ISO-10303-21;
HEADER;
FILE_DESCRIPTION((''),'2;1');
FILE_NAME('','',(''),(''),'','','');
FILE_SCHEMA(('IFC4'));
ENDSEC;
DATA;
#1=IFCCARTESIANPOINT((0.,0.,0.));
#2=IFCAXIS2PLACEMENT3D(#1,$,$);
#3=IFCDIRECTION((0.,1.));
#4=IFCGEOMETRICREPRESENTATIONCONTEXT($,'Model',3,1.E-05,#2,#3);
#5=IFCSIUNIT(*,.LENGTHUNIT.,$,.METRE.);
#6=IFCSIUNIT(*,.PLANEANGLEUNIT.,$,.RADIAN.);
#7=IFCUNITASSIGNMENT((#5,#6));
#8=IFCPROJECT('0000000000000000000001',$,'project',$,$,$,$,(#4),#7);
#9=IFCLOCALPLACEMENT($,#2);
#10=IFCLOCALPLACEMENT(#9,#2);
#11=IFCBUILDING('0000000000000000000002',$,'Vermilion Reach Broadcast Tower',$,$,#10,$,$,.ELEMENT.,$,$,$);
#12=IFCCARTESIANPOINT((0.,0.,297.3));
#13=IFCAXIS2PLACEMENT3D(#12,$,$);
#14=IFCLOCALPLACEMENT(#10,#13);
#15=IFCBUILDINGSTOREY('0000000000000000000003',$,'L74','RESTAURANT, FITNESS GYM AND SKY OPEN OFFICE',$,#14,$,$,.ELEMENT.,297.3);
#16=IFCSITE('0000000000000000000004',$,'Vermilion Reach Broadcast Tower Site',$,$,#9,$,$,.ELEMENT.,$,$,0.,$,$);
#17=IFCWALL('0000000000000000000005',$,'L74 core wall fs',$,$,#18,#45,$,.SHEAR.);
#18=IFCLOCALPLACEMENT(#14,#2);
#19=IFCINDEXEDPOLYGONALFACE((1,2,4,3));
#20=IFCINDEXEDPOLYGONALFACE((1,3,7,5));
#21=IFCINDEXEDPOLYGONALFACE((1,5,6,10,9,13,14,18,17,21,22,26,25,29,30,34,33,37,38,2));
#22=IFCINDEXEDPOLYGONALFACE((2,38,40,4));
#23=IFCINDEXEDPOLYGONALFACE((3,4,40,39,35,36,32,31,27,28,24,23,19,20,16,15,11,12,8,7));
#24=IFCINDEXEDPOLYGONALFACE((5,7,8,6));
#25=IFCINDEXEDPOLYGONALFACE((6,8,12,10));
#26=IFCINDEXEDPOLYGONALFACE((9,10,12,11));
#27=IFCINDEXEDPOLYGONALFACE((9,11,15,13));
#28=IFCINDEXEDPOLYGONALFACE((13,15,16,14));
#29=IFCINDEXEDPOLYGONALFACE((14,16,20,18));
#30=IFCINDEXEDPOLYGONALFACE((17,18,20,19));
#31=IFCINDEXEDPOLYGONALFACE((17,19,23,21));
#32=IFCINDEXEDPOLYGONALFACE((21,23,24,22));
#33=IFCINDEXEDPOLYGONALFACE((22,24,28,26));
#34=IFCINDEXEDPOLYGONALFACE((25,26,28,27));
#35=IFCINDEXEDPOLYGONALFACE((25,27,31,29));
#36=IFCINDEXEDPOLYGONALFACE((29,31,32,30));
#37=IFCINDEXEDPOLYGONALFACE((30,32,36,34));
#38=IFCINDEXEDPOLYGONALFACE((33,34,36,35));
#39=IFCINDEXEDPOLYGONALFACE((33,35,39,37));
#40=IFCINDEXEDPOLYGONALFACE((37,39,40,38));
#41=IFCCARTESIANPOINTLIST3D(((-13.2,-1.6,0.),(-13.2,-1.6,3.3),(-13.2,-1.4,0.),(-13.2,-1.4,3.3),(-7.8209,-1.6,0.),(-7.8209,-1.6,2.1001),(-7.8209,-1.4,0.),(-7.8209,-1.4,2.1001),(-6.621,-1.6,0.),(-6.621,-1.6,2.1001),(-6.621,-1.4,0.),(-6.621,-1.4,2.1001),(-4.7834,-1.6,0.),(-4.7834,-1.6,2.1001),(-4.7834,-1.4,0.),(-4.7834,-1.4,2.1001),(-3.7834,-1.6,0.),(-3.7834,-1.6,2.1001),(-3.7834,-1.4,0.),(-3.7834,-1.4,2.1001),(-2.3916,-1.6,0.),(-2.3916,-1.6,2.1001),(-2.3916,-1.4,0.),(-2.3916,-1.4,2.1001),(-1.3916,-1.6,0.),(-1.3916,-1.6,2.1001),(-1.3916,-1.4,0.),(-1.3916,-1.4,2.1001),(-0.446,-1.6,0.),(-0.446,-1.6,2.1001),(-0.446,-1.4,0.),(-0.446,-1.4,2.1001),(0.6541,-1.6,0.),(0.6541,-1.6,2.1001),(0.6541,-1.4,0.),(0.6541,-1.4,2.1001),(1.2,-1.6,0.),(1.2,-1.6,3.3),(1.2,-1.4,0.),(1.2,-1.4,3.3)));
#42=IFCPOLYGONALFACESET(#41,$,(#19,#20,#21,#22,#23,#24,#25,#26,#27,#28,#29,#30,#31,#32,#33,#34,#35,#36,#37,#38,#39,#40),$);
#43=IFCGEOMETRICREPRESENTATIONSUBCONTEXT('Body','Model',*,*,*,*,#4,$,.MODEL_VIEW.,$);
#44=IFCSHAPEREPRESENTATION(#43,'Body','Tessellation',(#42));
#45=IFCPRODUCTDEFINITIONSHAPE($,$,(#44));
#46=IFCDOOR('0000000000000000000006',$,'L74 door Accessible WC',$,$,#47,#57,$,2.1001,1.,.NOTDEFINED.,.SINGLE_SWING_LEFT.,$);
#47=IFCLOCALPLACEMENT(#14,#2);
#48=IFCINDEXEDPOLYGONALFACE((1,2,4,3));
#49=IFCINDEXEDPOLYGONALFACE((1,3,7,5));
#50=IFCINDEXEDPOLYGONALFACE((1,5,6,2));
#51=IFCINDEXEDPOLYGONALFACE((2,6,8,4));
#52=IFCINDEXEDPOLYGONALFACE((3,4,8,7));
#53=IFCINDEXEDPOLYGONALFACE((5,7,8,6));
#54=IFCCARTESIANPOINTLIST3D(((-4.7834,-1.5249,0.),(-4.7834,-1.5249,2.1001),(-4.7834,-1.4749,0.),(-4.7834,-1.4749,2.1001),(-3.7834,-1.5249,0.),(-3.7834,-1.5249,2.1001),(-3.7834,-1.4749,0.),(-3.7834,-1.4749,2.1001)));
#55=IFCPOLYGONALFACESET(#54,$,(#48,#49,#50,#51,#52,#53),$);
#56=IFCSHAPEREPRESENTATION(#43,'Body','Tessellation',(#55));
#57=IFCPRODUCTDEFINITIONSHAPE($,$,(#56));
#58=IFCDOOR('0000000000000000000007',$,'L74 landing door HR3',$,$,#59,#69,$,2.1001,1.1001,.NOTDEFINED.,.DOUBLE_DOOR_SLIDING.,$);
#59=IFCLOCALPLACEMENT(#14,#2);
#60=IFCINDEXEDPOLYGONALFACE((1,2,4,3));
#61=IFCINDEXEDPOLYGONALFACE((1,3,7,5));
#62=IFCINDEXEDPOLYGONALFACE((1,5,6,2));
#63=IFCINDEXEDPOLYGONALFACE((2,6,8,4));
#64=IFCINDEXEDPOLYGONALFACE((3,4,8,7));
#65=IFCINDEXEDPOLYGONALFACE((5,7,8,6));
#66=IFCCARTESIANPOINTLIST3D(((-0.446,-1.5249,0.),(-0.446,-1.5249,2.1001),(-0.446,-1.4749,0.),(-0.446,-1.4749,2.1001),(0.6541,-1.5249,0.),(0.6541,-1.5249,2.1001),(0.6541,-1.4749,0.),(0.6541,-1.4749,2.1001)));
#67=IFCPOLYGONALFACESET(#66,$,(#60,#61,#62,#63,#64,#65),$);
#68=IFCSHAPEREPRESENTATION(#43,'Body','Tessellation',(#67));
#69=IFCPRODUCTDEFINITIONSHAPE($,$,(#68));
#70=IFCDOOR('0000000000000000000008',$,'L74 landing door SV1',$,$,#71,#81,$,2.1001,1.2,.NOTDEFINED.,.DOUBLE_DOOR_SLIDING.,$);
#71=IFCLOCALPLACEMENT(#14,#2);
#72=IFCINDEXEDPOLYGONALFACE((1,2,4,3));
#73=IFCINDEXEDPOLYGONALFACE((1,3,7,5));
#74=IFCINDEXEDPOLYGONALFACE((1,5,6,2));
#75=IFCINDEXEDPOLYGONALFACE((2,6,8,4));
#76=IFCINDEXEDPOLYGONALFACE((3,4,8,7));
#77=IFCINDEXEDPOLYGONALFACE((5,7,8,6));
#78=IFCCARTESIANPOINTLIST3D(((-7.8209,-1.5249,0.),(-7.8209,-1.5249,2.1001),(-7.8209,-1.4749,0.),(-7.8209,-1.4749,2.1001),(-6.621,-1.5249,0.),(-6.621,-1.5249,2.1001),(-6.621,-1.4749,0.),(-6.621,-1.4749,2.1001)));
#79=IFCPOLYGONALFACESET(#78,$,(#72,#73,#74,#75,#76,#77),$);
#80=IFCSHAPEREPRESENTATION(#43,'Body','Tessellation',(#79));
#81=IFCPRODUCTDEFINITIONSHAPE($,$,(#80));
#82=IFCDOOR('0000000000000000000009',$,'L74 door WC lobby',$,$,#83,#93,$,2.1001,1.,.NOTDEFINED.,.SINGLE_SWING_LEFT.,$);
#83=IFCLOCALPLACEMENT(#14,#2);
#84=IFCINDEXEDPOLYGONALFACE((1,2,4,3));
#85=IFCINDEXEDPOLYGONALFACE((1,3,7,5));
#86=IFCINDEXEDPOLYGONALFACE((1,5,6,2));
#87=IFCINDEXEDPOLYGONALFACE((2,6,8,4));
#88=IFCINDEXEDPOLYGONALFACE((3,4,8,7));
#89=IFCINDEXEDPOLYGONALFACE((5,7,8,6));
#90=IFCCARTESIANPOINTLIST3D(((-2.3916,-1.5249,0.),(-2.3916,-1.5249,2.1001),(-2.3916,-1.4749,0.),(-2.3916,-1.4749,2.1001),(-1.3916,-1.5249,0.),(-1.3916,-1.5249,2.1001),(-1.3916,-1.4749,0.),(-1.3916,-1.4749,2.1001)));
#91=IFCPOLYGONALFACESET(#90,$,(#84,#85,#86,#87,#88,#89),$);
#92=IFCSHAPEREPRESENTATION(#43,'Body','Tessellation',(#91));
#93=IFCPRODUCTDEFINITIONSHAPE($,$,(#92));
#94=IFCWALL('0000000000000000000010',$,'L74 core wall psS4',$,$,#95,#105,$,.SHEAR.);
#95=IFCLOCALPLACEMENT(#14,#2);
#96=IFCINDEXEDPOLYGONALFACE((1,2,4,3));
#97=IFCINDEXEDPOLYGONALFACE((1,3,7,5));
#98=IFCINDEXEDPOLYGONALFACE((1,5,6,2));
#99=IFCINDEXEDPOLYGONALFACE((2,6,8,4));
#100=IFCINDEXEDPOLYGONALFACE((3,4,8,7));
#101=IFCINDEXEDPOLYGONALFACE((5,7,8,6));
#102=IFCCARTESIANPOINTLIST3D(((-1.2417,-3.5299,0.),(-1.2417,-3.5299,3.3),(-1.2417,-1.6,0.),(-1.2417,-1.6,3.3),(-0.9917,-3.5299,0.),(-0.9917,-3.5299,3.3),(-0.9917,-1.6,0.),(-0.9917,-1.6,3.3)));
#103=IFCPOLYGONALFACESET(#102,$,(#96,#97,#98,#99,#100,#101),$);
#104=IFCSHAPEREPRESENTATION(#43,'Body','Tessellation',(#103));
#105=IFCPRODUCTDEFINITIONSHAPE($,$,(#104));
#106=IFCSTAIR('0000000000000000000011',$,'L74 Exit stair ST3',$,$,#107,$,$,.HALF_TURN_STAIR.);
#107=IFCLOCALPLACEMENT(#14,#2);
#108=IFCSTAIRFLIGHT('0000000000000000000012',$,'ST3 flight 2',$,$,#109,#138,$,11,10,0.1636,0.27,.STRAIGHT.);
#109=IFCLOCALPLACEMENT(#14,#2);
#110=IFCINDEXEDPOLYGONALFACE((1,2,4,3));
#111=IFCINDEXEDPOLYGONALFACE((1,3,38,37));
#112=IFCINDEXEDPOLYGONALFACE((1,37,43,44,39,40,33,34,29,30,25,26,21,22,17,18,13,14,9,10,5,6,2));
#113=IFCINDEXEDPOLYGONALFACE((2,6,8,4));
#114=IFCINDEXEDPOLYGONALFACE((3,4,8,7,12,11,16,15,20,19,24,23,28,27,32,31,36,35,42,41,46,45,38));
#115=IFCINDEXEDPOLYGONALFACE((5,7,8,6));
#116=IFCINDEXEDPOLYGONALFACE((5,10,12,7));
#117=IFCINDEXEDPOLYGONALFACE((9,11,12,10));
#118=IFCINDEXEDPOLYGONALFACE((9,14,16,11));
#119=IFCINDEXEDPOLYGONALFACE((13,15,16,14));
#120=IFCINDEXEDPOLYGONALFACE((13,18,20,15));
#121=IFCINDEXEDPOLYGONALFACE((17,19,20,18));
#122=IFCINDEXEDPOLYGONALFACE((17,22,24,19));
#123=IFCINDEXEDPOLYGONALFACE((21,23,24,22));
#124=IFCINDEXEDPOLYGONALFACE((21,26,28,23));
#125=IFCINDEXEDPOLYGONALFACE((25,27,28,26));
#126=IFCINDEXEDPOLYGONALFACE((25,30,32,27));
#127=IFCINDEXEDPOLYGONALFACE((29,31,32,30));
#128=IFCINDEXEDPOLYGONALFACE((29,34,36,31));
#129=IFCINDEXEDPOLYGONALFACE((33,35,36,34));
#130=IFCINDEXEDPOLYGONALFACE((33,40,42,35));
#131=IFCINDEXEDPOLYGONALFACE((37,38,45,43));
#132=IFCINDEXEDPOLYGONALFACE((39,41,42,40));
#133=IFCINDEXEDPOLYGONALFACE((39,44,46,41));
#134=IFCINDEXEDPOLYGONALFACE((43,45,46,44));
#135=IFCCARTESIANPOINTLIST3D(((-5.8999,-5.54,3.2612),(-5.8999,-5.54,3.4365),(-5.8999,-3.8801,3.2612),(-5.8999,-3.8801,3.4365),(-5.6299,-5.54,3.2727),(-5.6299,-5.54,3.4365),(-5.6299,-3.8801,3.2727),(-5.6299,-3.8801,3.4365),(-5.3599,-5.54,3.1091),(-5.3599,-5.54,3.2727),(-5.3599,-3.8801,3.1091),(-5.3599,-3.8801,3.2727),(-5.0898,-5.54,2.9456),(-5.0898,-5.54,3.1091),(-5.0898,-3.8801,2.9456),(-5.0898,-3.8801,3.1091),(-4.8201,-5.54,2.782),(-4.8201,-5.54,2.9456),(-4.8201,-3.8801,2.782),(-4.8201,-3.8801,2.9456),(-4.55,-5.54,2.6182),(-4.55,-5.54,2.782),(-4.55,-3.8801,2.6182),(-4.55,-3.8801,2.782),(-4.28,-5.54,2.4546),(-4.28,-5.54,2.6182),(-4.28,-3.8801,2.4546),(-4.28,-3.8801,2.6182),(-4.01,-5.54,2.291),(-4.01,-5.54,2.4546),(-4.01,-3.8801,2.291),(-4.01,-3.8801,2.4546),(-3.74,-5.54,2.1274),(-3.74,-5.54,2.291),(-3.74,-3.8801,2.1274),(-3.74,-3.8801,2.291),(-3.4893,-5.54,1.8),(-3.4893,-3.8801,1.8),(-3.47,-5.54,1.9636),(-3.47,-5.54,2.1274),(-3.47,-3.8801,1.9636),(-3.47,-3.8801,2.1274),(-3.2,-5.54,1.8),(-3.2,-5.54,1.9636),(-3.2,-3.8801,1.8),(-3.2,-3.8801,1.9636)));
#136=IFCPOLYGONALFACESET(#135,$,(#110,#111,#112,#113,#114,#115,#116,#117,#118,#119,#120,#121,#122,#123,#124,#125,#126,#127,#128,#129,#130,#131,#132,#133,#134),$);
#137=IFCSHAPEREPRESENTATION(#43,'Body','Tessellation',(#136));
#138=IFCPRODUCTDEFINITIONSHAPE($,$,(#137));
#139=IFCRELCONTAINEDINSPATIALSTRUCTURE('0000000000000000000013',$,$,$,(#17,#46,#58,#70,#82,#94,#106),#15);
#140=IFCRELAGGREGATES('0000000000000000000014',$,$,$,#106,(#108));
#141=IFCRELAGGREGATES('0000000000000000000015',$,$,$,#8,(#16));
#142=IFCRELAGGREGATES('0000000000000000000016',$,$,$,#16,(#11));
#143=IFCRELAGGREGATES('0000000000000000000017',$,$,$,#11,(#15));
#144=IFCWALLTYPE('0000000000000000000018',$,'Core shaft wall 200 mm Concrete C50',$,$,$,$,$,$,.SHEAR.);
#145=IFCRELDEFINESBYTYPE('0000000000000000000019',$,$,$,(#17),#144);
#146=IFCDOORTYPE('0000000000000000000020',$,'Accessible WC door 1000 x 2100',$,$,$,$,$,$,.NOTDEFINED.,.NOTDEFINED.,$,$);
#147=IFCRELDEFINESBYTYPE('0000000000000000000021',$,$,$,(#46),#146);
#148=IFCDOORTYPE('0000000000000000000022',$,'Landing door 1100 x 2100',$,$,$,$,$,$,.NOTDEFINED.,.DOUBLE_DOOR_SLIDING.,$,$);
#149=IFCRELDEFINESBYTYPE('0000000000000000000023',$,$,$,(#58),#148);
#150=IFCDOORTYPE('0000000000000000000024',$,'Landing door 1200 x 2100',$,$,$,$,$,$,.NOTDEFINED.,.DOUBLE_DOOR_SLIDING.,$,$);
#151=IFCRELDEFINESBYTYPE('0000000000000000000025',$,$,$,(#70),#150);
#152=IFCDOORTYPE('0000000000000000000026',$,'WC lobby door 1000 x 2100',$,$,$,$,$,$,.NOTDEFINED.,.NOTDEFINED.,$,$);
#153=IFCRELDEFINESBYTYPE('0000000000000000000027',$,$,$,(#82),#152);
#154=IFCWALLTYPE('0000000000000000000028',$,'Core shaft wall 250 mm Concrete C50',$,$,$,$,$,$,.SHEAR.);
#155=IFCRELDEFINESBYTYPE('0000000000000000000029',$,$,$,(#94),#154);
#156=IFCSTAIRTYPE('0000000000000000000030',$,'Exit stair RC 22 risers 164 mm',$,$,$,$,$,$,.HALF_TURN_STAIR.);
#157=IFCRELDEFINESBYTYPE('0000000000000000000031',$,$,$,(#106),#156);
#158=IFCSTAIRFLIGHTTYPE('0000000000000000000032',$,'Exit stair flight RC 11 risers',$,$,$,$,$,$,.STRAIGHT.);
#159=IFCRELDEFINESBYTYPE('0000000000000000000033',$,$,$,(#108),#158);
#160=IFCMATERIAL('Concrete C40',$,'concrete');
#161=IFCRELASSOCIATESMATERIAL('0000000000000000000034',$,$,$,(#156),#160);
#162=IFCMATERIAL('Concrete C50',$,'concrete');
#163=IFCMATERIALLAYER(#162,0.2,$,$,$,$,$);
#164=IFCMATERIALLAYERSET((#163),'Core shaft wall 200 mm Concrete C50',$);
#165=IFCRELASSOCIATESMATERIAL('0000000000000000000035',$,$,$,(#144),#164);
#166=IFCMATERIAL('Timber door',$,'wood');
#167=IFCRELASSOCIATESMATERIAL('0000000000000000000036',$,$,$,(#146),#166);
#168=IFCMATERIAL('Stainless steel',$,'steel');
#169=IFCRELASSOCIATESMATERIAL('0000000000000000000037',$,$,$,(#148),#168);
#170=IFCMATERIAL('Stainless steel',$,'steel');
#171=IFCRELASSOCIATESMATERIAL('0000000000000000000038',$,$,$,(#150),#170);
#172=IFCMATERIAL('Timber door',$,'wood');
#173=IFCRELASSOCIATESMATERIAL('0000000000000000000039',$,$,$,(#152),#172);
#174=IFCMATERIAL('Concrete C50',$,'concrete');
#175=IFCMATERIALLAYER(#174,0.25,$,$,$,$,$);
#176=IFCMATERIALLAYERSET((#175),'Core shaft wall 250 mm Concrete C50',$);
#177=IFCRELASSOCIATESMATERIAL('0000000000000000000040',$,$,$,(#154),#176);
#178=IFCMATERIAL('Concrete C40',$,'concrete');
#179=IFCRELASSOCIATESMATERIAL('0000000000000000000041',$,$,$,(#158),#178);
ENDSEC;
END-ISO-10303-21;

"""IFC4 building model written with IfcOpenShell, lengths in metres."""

from ifc_helpers import new_model, si_unit, direction, frame, frame_2d, origin, place, context, subcontext, project, spatial, polyline, rectangle, outline, extrude, material, layer, layer_set, type_object, element, fill, aggregate, save


model = new_model("IFC4")

# Units and contexts
model_context = context("Model", 3, precision=1e-05, world=origin(), true_north=direction((0.0, 1.0)))
body_context = subcontext(model_context, "Body", "Model", "MODEL_VIEW")
ifc_project = project(units=[si_unit("LENGTHUNIT", "METRE"), si_unit("PLANEANGLEUNIT", "RADIAN")], contexts=[model_context])

# Site, building, storey
site_placement = place(None, origin())
site = spatial("IfcSite", under=ifc_project, at=site_placement, Name="Vermilion Reach Broadcast Tower Site", CompositionType="ELEMENT", RefElevation=0.0)
building_placement = place(site_placement, origin())
building = spatial("IfcBuilding", under=site, at=building_placement, Name="Vermilion Reach Broadcast Tower", CompositionType="ELEMENT")
storey_placement = place(building_placement, frame((0.0, 0.0, 297.3)))
storey = spatial("IfcBuildingStorey", under=building, at=storey_placement, Name="L74", Description="RESTAURANT, FITNESS GYM AND SKY OPEN OFFICE", CompositionType="ELEMENT", Elevation=297.3)

# Shared definitions
ifc_material_1 = material(Name="Concrete C40", Category="concrete")
stair_type = type_object("IfcStairType", Name="Exit stair RC 22 risers 164 mm", PredefinedType="HALF_TURN_STAIR", material=ifc_material_1)
placement_1 = place(storey_placement, origin())

# Wall, openings, doors
ifc_material_2 = material(Name="Concrete C50", Category="concrete")
ifc_layer_1 = layer(ifc_material_2, 0.2)
ifc_layer_set_1 = layer_set([ifc_layer_1], Name="Core shaft wall 200 mm Concrete C50")
wall_type_1 = type_object("IfcWallType", Name="Core shaft wall 200 mm Concrete C50", PredefinedType="SHEAR", material=ifc_layer_set_1)
wall_1_placement = place(storey_placement, frame((1.2, -1.5, 0.0), z_axis=(0.0, 0.0, 1.0), x_axis=(-1.0, 0.0, 0.0)))
wall_1 = element("IfcWall", 1, at=wall_1_placement, inside=storey, type_object=wall_type_1, Name="L74 core wall fs", PredefinedType="SHEAR", context=body_context, shape_type="SweptSolid", body=[
    extrude(rectangle(XDim=14.3999, YDim=0.2, at=frame_2d((7.2, 0.0))), origin(), (0.0, 0.0, 1.0), 3.3),
])
opening_1_placement = place(wall_1_placement, frame((7.8208, 0.0, 0.0)))
opening_1 = element("IfcOpeningElement", 2, at=opening_1_placement, cuts=wall_1, PredefinedType="OPENING", context=body_context, shape_type="SweptSolid", body=[
    extrude(rectangle(XDim=1.2, YDim=2.1001, at=frame_2d((0.6001, 1.05))), frame((0.0, 0.1099, 0.0), z_axis=(0.0, -1.0, 0.0), x_axis=(1.0, 0.0, 0.0)), (0.0, 0.0, 1.0), 0.22),
])
opening_2_placement = place(wall_1_placement, frame((0.5459, 0.0, 0.0)))
opening_2 = element("IfcOpeningElement", 3, at=opening_2_placement, cuts=wall_1, PredefinedType="OPENING", context=body_context, shape_type="SweptSolid", body=[
    extrude(rectangle(XDim=1.1001, YDim=2.1001, at=frame_2d((0.55, 1.05))), frame((0.0, 0.1099, 0.0), z_axis=(0.0, -1.0, 0.0), x_axis=(1.0, 0.0, 0.0)), (0.0, 0.0, 1.0), 0.22),
])
opening_3_placement = place(wall_1_placement, frame((4.9834, 0.0, 0.0)))
opening_3 = element("IfcOpeningElement", 4, at=opening_3_placement, cuts=wall_1, PredefinedType="OPENING", context=body_context, shape_type="SweptSolid", body=[
    extrude(rectangle(XDim=1.0, YDim=2.1001, at=frame_2d((0.5, 1.05))), frame((0.0, 0.1099, 0.0), z_axis=(0.0, -1.0, 0.0), x_axis=(1.0, 0.0, 0.0)), (0.0, 0.0, 1.0), 0.22),
])
opening_4_placement = place(wall_1_placement, frame((2.5916, 0.0, 0.0)))
opening_4 = element("IfcOpeningElement", 5, at=opening_4_placement, cuts=wall_1, PredefinedType="OPENING", context=body_context, shape_type="SweptSolid", body=[
    extrude(rectangle(XDim=1.0, YDim=2.1001, at=frame_2d((0.5, 1.05))), frame((0.0, 0.1099, 0.0), z_axis=(0.0, -1.0, 0.0), x_axis=(1.0, 0.0, 0.0)), (0.0, 0.0, 1.0), 0.22),
])
ifc_material_3 = material(Name="Timber door", Category="wood")
door_type_1 = type_object("IfcDoorType", Name="Accessible WC door 1000 x 2100", OperationType="NOTDEFINED", PredefinedType="NOTDEFINED", material=ifc_material_3)
door_1_placement = place(opening_3_placement, origin())
door_1 = element("IfcDoor", 6, at=door_1_placement, inside=storey, type_object=door_type_1, Name="L74 door Accessible WC", OperationType="SINGLE_SWING_LEFT", OverallHeight=2.1001, OverallWidth=1.0, PredefinedType="NOTDEFINED", context=body_context, shape_type="SweptSolid", body=[
    extrude(rectangle(XDim=1.0, YDim=2.1001, at=frame_2d((0.5, 1.05))), frame((0.0, 0.0249, 0.0), z_axis=(0.0, -1.0, 0.0), x_axis=(1.0, 0.0, 0.0)), (0.0, 0.0, 1.0), 0.05),
])
fill(opening_3, door_1)
ifc_material_4 = material(Name="Stainless steel", Category="steel")
door_type_2 = type_object("IfcDoorType", Name="Landing door 1100 x 2100", OperationType="DOUBLE_DOOR_SLIDING", PredefinedType="NOTDEFINED", material=ifc_material_4)
door_2_placement = place(opening_2_placement, origin())
door_2 = element("IfcDoor", 7, at=door_2_placement, inside=storey, type_object=door_type_2, Name="L74 landing door HR3", OperationType="DOUBLE_DOOR_SLIDING", OverallHeight=2.1001, OverallWidth=1.1001, PredefinedType="NOTDEFINED", context=body_context, shape_type="SweptSolid", body=[
    extrude(rectangle(XDim=1.1001, YDim=2.1001, at=frame_2d((0.55, 1.05))), frame((0.0, 0.0249, 0.0), z_axis=(0.0, -1.0, 0.0), x_axis=(1.0, 0.0, 0.0)), (0.0, 0.0, 1.0), 0.05),
])
fill(opening_2, door_2)
ifc_material_5 = material(Name="Stainless steel", Category="steel")
door_type_3 = type_object("IfcDoorType", Name="Landing door 1200 x 2100", OperationType="DOUBLE_DOOR_SLIDING", PredefinedType="NOTDEFINED", material=ifc_material_5)
door_3_placement = place(opening_1_placement, origin())
door_3 = element("IfcDoor", 8, at=door_3_placement, inside=storey, type_object=door_type_3, Name="L74 landing door SV1", OperationType="DOUBLE_DOOR_SLIDING", OverallHeight=2.1001, OverallWidth=1.2, PredefinedType="NOTDEFINED", context=body_context, shape_type="SweptSolid", body=[
    extrude(rectangle(XDim=1.2, YDim=2.1001, at=frame_2d((0.6001, 1.05))), frame((0.0, 0.0249, 0.0), z_axis=(0.0, -1.0, 0.0), x_axis=(1.0, 0.0, 0.0)), (0.0, 0.0, 1.0), 0.05),
])
fill(opening_1, door_3)
ifc_material_6 = material(Name="Timber door", Category="wood")
door_type_4 = type_object("IfcDoorType", Name="WC lobby door 1000 x 2100", OperationType="NOTDEFINED", PredefinedType="NOTDEFINED", material=ifc_material_6)
door_4_placement = place(opening_4_placement, origin())
door_4 = element("IfcDoor", 9, at=door_4_placement, inside=storey, type_object=door_type_4, Name="L74 door WC lobby", OperationType="SINGLE_SWING_LEFT", OverallHeight=2.1001, OverallWidth=1.0, PredefinedType="NOTDEFINED", context=body_context, shape_type="SweptSolid", body=[
    extrude(rectangle(XDim=1.0, YDim=2.1001, at=frame_2d((0.5, 1.05))), frame((0.0, 0.0249, 0.0), z_axis=(0.0, -1.0, 0.0), x_axis=(1.0, 0.0, 0.0)), (0.0, 0.0, 1.0), 0.05),
])
fill(opening_4, door_4)

# Wall
ifc_material_7 = material(Name="Concrete C50", Category="concrete")
ifc_layer_2 = layer(ifc_material_7, 0.25)
ifc_layer_set_2 = layer_set([ifc_layer_2], Name="Core shaft wall 250 mm Concrete C50")
wall_type_2 = type_object("IfcWallType", Name="Core shaft wall 250 mm Concrete C50", PredefinedType="SHEAR", material=ifc_layer_set_2)
wall_2_placement = place(storey_placement, frame((-1.1167, -1.6001, 0.0), z_axis=(0.0, 0.0, 1.0), x_axis=(0.0, -1.0, 0.0)))
element("IfcWall", 10, at=wall_2_placement, inside=storey, type_object=wall_type_2, Name="L74 core wall psS4", PredefinedType="SHEAR", context=body_context, shape_type="SweptSolid", body=[
    extrude(rectangle(XDim=1.9299, YDim=0.25, at=frame_2d((0.9648, 0.0))), origin(), (0.0, 0.0, 1.0), 3.3),
])

# Stair, stair flight
stair_1 = element("IfcStair", 11, at=placement_1, inside=storey, type_object=stair_type, Name="L74 Exit stair ST3", PredefinedType="HALF_TURN_STAIR")
ifc_material_8 = material(Name="Concrete C40", Category="concrete")
stair_flight_type = type_object("IfcStairFlightType", Name="Exit stair flight RC 11 risers", PredefinedType="STRAIGHT", material=ifc_material_8)
stair_flight_placement = place(storey_placement, frame((-3.2, -4.71, 1.8), z_axis=(0.0, 0.0, 1.0), x_axis=(-1.0, 0.0, 0.0)))
stair_flight = element("IfcStairFlight", 12, at=stair_flight_placement, type_object=stair_flight_type, Name="ST3 flight 2", NumberOfRisers=11, NumberOfTreads=10, PredefinedType="STRAIGHT", RiserHeight=0.1636, TreadLength=0.27, context=body_context, shape_type="SweptSolid", body=[
    extrude(outline(polyline([(0.0, 0.0), (0.0, 0.1636), (0.27, 0.1636), (0.27, 0.3274), (0.54, 0.3274), (0.54, 0.491), (0.8101, 0.491), (0.8101, 0.6545), (1.0801, 0.6545), (1.0801, 0.8181), (1.3501, 0.8181), (1.3501, 0.9819), (1.6201, 0.9819), (1.6201, 1.1455), (1.8899, 1.1455), (1.8899, 1.3091), (2.1599, 1.3091), (2.1599, 1.4727), (2.4299, 1.4727), (2.4299, 1.6365), (2.7, 1.6365), (2.7, 1.8), (2.7, 1.4612), (0.2893, 0.0), (0.0, 0.0)])), frame((0.0, 0.8301, 0.0), z_axis=(0.0, -1.0, 0.0), x_axis=(1.0, 0.0, 0.0)), (0.0, 0.0, 1.0), 1.6599),
])
aggregate(stair_1, [stair_flight])

save(model, "model.ifc")
